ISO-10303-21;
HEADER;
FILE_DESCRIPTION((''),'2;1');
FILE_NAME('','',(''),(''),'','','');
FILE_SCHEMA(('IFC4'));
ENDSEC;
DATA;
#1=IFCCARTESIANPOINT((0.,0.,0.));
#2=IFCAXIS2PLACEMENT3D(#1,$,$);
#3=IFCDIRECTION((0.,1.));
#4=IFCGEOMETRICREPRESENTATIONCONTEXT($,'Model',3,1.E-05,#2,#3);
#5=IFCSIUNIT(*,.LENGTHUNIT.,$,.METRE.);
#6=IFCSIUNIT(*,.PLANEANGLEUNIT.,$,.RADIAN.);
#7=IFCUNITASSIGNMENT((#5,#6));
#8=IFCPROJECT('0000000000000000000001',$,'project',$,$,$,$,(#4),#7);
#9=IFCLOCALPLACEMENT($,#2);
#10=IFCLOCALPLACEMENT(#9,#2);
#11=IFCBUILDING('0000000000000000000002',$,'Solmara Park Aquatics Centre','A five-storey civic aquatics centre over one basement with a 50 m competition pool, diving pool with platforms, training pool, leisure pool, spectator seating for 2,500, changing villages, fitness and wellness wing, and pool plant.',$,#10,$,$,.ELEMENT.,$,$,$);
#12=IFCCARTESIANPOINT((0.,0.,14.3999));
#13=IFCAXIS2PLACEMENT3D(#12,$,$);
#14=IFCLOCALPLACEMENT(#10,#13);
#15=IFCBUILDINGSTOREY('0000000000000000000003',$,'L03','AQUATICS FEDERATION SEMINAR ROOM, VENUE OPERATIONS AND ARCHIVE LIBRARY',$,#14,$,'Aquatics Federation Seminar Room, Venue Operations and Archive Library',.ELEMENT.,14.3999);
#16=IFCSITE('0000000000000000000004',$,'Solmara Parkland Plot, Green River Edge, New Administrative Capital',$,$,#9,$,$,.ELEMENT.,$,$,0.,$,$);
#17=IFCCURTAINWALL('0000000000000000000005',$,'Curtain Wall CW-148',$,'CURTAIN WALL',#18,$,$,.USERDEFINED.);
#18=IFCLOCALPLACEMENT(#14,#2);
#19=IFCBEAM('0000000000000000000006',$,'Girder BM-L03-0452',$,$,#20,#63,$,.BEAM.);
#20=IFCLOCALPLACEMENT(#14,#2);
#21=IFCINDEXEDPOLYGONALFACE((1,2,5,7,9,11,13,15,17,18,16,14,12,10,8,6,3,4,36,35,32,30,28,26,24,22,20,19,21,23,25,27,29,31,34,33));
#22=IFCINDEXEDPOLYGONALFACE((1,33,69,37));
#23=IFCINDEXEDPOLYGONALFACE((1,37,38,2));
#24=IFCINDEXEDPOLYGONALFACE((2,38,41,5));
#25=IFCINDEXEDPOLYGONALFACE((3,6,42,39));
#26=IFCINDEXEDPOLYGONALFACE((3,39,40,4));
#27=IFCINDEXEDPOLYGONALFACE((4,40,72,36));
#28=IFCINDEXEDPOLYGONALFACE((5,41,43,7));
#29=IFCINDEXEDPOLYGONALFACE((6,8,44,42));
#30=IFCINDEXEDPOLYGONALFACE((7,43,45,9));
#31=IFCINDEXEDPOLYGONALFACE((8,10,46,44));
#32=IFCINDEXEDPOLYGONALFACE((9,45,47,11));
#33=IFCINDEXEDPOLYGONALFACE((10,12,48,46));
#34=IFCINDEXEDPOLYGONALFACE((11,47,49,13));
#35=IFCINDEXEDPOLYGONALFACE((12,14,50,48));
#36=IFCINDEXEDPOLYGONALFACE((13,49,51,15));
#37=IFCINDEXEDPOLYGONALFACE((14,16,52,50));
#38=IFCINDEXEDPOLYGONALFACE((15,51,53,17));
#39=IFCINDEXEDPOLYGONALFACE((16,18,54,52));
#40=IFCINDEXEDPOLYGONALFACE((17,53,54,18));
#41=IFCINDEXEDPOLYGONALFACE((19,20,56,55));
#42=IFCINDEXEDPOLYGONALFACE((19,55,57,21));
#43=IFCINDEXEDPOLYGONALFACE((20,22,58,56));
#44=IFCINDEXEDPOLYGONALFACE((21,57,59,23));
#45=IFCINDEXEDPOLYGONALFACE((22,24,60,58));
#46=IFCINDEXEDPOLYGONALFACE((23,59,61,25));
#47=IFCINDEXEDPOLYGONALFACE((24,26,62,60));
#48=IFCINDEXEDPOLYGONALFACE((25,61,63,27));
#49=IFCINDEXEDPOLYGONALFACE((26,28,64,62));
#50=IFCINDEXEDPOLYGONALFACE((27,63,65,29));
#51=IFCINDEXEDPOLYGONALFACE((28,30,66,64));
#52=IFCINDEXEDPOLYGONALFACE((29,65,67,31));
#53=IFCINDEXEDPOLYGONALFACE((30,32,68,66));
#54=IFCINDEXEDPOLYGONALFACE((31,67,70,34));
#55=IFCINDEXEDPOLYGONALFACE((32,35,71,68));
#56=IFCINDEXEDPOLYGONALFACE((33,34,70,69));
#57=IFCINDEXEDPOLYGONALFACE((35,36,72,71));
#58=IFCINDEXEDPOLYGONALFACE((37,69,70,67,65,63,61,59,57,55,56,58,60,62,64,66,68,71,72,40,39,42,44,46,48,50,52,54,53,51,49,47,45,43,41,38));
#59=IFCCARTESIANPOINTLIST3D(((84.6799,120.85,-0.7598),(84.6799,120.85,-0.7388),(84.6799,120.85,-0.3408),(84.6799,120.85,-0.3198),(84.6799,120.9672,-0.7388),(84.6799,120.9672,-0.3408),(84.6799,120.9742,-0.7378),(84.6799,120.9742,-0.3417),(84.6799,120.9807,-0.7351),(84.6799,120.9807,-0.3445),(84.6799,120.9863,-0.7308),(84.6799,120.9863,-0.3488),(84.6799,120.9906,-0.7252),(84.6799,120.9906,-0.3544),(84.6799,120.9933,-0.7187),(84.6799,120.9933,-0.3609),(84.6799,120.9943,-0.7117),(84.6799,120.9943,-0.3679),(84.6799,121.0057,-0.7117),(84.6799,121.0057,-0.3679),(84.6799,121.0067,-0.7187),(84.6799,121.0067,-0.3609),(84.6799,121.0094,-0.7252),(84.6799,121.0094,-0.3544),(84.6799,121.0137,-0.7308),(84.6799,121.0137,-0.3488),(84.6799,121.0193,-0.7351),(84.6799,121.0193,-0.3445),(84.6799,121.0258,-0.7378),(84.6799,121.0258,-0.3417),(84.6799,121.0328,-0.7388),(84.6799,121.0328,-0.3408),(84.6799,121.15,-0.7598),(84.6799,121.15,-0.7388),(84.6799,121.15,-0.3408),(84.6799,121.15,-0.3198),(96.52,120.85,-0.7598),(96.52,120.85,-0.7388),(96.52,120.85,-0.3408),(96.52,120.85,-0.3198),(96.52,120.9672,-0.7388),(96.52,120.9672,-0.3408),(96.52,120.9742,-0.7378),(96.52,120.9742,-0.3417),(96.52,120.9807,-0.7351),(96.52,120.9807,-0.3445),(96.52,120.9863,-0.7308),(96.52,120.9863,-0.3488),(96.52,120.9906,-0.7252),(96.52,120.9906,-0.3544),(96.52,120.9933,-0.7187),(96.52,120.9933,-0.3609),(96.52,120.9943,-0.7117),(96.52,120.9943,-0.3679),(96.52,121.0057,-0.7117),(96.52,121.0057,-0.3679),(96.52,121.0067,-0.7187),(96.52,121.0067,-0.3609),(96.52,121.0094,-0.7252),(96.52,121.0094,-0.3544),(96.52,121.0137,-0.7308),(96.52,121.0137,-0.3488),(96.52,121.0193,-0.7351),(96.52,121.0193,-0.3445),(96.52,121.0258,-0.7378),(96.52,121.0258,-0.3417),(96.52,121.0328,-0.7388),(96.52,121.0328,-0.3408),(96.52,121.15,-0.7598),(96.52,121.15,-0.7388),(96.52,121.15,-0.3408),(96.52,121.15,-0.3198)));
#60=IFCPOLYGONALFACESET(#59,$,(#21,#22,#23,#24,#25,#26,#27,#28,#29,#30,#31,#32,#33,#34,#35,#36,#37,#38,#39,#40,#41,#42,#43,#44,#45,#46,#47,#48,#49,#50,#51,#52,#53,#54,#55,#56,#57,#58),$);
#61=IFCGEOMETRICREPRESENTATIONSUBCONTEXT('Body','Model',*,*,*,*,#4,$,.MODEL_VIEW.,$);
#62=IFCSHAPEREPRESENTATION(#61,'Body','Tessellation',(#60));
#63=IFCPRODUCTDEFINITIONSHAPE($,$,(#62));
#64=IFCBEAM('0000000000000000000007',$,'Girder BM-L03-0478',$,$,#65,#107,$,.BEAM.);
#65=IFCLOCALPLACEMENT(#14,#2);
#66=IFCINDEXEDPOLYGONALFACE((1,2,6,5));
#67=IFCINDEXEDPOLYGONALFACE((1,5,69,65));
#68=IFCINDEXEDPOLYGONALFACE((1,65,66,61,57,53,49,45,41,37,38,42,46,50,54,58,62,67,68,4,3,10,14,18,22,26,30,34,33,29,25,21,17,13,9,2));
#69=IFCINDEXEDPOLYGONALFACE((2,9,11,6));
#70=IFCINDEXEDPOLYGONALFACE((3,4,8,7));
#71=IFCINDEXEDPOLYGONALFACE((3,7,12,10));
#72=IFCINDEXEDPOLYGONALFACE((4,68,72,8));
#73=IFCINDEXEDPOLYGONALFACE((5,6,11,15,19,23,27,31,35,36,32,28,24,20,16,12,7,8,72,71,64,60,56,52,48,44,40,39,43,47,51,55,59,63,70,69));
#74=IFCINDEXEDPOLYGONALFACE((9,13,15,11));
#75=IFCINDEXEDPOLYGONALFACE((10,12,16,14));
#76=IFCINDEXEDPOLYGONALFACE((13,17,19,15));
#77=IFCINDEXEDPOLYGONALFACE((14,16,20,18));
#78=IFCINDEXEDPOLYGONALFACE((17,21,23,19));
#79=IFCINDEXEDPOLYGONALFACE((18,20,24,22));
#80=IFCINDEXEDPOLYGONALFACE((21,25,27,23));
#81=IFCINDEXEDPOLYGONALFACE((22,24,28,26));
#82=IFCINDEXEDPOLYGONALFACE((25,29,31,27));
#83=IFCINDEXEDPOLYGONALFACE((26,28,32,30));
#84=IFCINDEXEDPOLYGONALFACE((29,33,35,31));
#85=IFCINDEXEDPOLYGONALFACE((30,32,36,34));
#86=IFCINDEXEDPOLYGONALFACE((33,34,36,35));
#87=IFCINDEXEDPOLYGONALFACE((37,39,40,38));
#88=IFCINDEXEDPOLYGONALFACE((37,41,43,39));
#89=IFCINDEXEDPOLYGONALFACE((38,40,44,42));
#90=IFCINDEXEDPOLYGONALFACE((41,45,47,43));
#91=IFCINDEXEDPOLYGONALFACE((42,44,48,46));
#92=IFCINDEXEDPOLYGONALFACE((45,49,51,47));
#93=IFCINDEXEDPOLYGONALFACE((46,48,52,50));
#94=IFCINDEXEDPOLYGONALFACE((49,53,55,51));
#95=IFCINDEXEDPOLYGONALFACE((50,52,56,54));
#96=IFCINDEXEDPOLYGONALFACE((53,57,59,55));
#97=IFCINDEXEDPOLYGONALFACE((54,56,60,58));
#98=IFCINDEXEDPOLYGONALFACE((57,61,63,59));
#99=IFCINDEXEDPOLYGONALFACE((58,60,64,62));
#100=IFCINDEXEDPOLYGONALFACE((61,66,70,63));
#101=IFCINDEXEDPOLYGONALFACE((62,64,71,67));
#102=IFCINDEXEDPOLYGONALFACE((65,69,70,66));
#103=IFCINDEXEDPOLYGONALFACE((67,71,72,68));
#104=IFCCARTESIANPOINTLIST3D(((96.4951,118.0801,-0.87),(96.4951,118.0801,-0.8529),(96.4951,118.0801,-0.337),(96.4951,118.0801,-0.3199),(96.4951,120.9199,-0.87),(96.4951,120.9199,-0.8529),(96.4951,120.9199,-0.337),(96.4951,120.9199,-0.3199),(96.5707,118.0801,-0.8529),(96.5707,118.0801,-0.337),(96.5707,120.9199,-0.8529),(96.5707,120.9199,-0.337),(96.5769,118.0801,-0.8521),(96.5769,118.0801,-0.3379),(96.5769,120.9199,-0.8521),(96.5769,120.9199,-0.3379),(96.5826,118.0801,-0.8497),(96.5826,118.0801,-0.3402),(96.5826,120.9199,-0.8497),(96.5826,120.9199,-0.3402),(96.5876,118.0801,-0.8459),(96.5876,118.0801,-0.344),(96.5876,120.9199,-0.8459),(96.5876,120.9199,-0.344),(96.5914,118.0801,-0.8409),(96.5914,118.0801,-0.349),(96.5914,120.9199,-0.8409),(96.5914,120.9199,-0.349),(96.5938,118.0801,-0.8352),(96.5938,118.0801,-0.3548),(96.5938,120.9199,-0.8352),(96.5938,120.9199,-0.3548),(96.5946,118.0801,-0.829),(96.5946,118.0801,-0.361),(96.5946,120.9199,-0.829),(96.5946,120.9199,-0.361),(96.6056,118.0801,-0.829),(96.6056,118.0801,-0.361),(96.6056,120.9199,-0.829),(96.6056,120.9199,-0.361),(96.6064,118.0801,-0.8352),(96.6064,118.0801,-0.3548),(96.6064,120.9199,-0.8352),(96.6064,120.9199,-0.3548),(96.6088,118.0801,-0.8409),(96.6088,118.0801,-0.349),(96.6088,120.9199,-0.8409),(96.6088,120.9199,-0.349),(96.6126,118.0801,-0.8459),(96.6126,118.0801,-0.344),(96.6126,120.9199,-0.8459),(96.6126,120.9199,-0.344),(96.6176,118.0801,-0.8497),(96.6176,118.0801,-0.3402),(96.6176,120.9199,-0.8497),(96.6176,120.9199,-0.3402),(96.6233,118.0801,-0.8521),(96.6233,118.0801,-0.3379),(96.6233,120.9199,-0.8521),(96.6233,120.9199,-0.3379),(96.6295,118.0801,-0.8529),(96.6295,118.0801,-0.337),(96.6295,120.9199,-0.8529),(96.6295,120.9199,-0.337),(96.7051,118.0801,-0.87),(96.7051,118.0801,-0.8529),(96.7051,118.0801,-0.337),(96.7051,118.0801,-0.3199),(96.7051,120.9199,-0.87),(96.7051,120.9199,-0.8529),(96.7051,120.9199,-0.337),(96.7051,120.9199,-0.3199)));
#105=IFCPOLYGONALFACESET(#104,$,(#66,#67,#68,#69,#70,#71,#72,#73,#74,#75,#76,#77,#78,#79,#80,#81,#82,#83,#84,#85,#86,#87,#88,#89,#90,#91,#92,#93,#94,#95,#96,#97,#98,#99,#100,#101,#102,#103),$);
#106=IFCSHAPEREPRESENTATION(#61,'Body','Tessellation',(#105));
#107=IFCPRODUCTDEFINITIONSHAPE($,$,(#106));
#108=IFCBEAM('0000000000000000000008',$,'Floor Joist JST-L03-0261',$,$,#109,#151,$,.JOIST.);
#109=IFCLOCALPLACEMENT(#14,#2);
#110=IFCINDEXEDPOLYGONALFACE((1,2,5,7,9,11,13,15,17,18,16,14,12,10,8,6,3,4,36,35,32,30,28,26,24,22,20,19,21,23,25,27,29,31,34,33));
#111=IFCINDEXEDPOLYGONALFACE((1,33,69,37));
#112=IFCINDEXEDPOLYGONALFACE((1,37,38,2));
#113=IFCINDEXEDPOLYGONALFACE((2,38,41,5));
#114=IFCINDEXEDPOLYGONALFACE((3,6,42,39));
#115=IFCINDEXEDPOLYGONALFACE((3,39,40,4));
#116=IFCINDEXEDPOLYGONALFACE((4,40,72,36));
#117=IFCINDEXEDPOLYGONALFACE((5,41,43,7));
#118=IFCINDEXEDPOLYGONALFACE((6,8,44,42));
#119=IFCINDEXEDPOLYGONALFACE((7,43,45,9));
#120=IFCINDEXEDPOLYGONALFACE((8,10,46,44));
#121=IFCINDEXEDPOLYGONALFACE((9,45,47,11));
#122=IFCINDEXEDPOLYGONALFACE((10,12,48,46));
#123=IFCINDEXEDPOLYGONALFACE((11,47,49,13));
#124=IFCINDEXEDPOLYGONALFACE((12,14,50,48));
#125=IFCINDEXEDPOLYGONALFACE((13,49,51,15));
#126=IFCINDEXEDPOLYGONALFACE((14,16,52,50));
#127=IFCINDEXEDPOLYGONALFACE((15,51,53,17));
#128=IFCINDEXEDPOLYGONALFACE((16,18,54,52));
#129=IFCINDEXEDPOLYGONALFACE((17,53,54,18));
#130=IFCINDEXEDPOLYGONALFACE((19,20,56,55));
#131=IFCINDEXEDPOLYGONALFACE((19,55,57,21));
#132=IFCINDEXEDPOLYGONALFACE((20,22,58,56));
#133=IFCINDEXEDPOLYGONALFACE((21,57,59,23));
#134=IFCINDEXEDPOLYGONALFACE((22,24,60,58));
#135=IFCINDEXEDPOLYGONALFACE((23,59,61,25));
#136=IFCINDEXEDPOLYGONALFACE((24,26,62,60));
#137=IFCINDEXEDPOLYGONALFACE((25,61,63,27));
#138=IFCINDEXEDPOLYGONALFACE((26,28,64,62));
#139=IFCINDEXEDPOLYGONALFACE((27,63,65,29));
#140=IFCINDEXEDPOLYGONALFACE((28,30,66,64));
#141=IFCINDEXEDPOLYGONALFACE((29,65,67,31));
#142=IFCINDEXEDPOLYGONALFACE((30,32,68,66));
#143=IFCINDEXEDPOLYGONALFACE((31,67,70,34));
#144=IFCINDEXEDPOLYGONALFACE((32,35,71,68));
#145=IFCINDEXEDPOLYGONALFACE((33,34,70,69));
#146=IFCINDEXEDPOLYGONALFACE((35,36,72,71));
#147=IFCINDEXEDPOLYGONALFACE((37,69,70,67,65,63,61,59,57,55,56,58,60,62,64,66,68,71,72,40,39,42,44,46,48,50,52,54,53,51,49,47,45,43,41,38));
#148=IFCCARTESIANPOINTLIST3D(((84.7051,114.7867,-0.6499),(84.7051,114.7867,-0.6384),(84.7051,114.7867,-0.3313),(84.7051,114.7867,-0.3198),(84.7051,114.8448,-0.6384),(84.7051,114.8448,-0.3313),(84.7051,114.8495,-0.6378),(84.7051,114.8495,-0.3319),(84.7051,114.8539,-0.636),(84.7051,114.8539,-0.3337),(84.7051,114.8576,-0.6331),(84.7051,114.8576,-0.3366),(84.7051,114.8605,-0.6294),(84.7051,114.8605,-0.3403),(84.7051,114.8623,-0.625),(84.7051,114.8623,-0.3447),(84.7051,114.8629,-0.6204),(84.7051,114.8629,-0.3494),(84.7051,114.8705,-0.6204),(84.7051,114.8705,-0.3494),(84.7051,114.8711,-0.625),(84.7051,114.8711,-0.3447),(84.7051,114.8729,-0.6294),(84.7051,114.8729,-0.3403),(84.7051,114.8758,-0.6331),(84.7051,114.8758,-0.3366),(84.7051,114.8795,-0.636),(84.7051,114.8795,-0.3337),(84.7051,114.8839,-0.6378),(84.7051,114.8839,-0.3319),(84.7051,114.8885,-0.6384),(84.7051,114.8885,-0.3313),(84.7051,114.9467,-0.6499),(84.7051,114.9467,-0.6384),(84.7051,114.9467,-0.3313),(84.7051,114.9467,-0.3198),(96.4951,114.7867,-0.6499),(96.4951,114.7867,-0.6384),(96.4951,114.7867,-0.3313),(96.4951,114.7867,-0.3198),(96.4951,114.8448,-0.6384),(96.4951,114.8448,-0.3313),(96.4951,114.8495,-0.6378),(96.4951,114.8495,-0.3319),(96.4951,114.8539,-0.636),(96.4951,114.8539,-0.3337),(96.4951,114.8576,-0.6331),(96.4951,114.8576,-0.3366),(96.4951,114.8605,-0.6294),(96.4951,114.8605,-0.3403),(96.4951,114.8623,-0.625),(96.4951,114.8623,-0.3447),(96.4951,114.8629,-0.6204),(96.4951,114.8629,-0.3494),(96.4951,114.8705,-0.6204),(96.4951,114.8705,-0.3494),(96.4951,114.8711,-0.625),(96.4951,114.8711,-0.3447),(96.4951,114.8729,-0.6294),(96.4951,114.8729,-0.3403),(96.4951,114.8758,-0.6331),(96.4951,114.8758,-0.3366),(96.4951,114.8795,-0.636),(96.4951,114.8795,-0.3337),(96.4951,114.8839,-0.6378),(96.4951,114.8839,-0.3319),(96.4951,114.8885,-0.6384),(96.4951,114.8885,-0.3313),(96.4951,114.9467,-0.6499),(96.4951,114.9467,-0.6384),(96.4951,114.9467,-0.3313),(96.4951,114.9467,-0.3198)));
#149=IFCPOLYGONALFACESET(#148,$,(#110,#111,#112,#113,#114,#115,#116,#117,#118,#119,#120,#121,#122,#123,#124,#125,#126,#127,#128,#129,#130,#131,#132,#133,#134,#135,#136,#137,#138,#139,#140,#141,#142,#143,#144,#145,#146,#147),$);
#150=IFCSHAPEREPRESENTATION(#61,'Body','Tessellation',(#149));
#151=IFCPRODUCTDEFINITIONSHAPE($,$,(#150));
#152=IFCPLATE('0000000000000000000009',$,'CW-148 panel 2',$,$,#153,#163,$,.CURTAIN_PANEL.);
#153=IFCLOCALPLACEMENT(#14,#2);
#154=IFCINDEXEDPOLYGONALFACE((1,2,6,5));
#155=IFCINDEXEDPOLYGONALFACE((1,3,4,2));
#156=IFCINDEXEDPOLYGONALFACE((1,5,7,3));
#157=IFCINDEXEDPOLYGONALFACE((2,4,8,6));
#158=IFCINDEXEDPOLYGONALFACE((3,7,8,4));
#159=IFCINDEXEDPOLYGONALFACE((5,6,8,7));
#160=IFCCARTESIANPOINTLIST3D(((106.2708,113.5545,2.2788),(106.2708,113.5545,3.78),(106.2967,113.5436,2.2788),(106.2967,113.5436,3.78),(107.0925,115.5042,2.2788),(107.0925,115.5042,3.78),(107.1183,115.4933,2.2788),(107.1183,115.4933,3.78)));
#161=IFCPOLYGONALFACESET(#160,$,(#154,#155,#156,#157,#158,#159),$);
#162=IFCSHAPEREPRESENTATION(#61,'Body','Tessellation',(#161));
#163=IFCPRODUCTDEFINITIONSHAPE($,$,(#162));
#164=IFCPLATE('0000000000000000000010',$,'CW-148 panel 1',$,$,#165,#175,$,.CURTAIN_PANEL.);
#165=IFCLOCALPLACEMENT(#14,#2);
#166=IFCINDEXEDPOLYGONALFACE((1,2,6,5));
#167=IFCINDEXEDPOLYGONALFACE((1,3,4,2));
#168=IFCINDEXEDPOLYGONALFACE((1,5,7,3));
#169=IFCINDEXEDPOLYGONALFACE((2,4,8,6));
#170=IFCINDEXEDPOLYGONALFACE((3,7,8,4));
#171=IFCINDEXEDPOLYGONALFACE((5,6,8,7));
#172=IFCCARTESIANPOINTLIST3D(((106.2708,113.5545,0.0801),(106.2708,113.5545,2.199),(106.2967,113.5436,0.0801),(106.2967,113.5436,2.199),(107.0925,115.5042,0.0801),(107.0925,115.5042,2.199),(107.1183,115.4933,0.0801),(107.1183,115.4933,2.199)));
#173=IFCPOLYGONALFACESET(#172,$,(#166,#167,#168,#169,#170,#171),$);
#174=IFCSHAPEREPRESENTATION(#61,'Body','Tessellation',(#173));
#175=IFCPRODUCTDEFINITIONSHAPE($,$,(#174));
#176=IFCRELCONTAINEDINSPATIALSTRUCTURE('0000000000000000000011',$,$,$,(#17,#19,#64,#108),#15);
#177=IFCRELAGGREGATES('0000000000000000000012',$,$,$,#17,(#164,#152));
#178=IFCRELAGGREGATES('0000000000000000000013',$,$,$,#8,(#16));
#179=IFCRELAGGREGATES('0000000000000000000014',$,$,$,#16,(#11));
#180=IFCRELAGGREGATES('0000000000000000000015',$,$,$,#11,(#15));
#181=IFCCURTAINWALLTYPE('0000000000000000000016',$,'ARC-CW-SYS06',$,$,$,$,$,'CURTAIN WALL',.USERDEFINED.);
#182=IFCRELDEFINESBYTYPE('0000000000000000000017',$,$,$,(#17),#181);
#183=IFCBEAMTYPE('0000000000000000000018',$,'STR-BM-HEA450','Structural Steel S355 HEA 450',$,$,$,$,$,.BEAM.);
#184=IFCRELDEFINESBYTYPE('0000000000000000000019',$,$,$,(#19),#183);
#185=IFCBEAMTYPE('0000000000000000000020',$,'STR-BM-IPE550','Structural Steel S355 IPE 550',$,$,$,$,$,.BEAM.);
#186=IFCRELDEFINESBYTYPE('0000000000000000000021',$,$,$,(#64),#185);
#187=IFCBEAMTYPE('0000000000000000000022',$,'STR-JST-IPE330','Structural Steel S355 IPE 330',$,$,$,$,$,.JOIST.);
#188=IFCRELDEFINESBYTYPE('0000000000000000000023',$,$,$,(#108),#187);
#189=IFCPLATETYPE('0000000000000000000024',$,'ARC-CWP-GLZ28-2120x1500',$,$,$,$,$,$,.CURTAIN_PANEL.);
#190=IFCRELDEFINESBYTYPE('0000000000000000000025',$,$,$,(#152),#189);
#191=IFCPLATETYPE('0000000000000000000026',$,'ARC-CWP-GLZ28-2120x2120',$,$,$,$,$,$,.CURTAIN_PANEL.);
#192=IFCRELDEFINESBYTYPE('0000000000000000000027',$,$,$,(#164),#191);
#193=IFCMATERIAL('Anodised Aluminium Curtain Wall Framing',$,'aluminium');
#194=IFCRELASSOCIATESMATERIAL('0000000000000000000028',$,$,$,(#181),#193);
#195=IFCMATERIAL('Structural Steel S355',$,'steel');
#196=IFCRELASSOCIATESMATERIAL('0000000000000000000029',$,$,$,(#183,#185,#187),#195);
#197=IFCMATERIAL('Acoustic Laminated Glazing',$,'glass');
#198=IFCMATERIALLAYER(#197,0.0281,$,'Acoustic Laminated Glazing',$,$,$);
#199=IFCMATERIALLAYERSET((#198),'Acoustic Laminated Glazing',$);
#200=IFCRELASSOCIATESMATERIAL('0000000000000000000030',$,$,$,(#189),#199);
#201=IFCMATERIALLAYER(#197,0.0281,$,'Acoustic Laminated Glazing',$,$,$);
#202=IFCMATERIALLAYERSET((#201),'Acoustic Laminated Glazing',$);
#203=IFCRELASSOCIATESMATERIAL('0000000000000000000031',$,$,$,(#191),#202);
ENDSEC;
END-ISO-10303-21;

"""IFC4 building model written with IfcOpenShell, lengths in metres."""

from ifc_helpers import new_model, si_unit, direction, frame, origin, origin_2d, place, context, subcontext, project, spatial, rectangle, i_section, extrude, material, layer, layer_set, material_profile, profile_set, type_object, element, aggregate, save


model = new_model("IFC4")

# Units and contexts
model_context = context("Model", 3, precision=1e-05, world=origin(), true_north=direction((0.0, 1.0)))
body_context = subcontext(model_context, "Body", "Model", "MODEL_VIEW")
ifc_project = project(units=[si_unit("LENGTHUNIT", "METRE"), si_unit("PLANEANGLEUNIT", "RADIAN")], contexts=[model_context])

# Site, building, storey
site_placement = place(None, origin())
site = spatial("IfcSite", under=ifc_project, at=site_placement, Name="Solmara Parkland Plot, Green River Edge, New Administrative Capital", CompositionType="ELEMENT", RefElevation=0.0)
building_placement = place(site_placement, origin())
building = spatial("IfcBuilding", under=site, at=building_placement, Name="Solmara Park Aquatics Centre", Description="A five-storey civic aquatics centre over one basement with a 50 m competition pool, diving pool with platforms, training pool, leisure pool, spectator seating for 2,500, changing villages, fitness and wellness wing, and pool plant.", CompositionType="ELEMENT")
storey_placement = place(building_placement, frame((0.0, 0.0, 14.3999)))
storey = spatial("IfcBuildingStorey", under=building, at=storey_placement, Name="L03", Description="AQUATICS FEDERATION SEMINAR ROOM, VENUE OPERATIONS AND ARCHIVE LIBRARY", LongName="Aquatics Federation Seminar Room, Venue Operations and Archive Library", CompositionType="ELEMENT", Elevation=14.3999)

# Shared definitions
ifc_material_1 = material(Name="Anodised Aluminium Curtain Wall Framing", Category="aluminium")
curtain_wall_type = type_object("IfcCurtainWallType", Name="ARC-CW-SYS06", ElementType="CURTAIN WALL", PredefinedType="USERDEFINED", material=ifc_material_1)

# Curtain wall
curtain_wall_1_placement = place(storey_placement, origin())
curtain_wall_1 = element("IfcCurtainWall", 1, at=curtain_wall_1_placement, inside=storey, type_object=curtain_wall_type, Name="Curtain Wall CW-148", ObjectType="CURTAIN WALL", PredefinedType="USERDEFINED")

# Beams
ifc_material_2 = material(Name="Structural Steel S355", Category="steel")
ifc_material_profile_1 = material_profile(ifc_material_2, i_section(OverallWidth=0.3, OverallDepth=0.4399, WebThickness=0.0115, FlangeThickness=0.021, FilletRadius=0.0271, at=origin_2d()), Name="HEA 450")
ifc_profile_set_1 = profile_set([ifc_material_profile_1], Name="Structural Steel S355")
beam_type_1 = type_object("IfcBeamType", Name="STR-BM-HEA450", Description="Structural Steel S355 HEA 450", PredefinedType="BEAM", material=ifc_profile_set_1)
for number, where, z_axis, x_axis, name in (
    (2, (84.6799, 121.0, -0.5398), (1.0, 0.0, 0.0), (0.0, 1.0, 0.0), "Girder BM-L03-0452"),
):
    element("IfcBeam", number, at=place(storey_placement, frame(where, z_axis=z_axis, x_axis=x_axis)), inside=storey, type_object=beam_type_1, Name=name, PredefinedType="BEAM", context=body_context, shape_type="SweptSolid", body=[
        extrude(i_section(OverallWidth=0.3, OverallDepth=0.4399, WebThickness=0.0115, FlangeThickness=0.021, FilletRadius=0.0271, at=origin_2d()), origin(), (0.0, 0.0, 1.0), 11.8401),
    ])
ifc_material_profile_2 = material_profile(ifc_material_2, i_section(OverallWidth=0.21, OverallDepth=0.55, WebThickness=0.011, FlangeThickness=0.0171, FilletRadius=0.0239, at=origin_2d()), Name="IPE 550")
ifc_profile_set_2 = profile_set([ifc_material_profile_2], Name="Structural Steel S355")
beam_type_2 = type_object("IfcBeamType", Name="STR-BM-IPE550", Description="Structural Steel S355 IPE 550", PredefinedType="BEAM", material=ifc_profile_set_2)
beam_1_placement = place(storey_placement, frame((96.6001, 118.0801, -0.595), z_axis=(0.0, 1.0, 0.0), x_axis=(-1.0, 0.0, 0.0)))
element("IfcBeam", 3, at=beam_1_placement, inside=storey, type_object=beam_type_2, Name="Girder BM-L03-0478", PredefinedType="BEAM", context=body_context, shape_type="SweptSolid", body=[
    extrude(i_section(OverallWidth=0.21, OverallDepth=0.55, WebThickness=0.011, FlangeThickness=0.0171, FilletRadius=0.0239, at=origin_2d()), origin(), (0.0, 0.0, 1.0), 2.8398),
])
ifc_material_profile_3 = material_profile(ifc_material_2, i_section(OverallWidth=0.1599, OverallDepth=0.3301, WebThickness=0.0076, FlangeThickness=0.0115, FilletRadius=0.0181, at=origin_2d()), Name="IPE 330")
ifc_profile_set_3 = profile_set([ifc_material_profile_3], Name="Structural Steel S355")
beam_type_3 = type_object("IfcBeamType", Name="STR-JST-IPE330", Description="Structural Steel S355 IPE 330", PredefinedType="JOIST", material=ifc_profile_set_3)
beam_2_placement = place(storey_placement, frame((84.7051, 114.8667, -0.4849), z_axis=(1.0, 0.0, 0.0), x_axis=(0.0, 1.0, 0.0)))
element("IfcBeam", 4, at=beam_2_placement, inside=storey, type_object=beam_type_3, Name="Floor Joist JST-L03-0261", PredefinedType="JOIST", context=body_context, shape_type="SweptSolid", body=[
    extrude(i_section(OverallWidth=0.1599, OverallDepth=0.3301, WebThickness=0.0076, FlangeThickness=0.0115, FilletRadius=0.0181, at=origin_2d()), origin(), (0.0, 0.0, 1.0), 11.79),
])

# Plates
ifc_material_3 = material(Name="Acoustic Laminated Glazing", Category="glass")
ifc_layer_1 = layer(ifc_material_3, 0.0281, Name="Acoustic Laminated Glazing")
ifc_layer_set_1 = layer_set([ifc_layer_1], Name="Acoustic Laminated Glazing")
plate_type_1 = type_object("IfcPlateType", Name="ARC-CWP-GLZ28-2120x1500", PredefinedType="CURTAIN_PANEL", material=ifc_layer_set_1)
plate_1_placement = place(storey_placement, frame((106.6946, 114.5239, 2.2788), z_axis=(0.0, 0.0, 1.0), x_axis=(0.388352, 0.921511, 0.0)))
plate_1 = element("IfcPlate", 5, at=plate_1_placement, type_object=plate_type_1, Name="CW-148 panel 2", PredefinedType="CURTAIN_PANEL", context=body_context, shape_type="SweptSolid", body=[
    extrude(rectangle(XDim=2.1157, YDim=0.0281, at=origin_2d()), origin(), (0.0, 0.0, 1.0), 1.5012),
])
ifc_layer_2 = layer(ifc_material_3, 0.0281, Name="Acoustic Laminated Glazing")
ifc_layer_set_2 = layer_set([ifc_layer_2], Name="Acoustic Laminated Glazing")
plate_type_2 = type_object("IfcPlateType", Name="ARC-CWP-GLZ28-2120x2120", PredefinedType="CURTAIN_PANEL", material=ifc_layer_set_2)
plate_2_placement = place(storey_placement, frame((106.6946, 114.5239, 0.0801), z_axis=(0.0, 0.0, 1.0), x_axis=(0.388352, 0.921511, 0.0)))
plate_2 = element("IfcPlate", 6, at=plate_2_placement, type_object=plate_type_2, Name="CW-148 panel 1", PredefinedType="CURTAIN_PANEL", context=body_context, shape_type="SweptSolid", body=[
    extrude(rectangle(XDim=2.1157, YDim=0.0281, at=origin_2d()), origin(), (0.0, 0.0, 1.0), 2.1189),
])
aggregate(curtain_wall_1, [plate_2, plate_1])

save(model, "model.ifc")
